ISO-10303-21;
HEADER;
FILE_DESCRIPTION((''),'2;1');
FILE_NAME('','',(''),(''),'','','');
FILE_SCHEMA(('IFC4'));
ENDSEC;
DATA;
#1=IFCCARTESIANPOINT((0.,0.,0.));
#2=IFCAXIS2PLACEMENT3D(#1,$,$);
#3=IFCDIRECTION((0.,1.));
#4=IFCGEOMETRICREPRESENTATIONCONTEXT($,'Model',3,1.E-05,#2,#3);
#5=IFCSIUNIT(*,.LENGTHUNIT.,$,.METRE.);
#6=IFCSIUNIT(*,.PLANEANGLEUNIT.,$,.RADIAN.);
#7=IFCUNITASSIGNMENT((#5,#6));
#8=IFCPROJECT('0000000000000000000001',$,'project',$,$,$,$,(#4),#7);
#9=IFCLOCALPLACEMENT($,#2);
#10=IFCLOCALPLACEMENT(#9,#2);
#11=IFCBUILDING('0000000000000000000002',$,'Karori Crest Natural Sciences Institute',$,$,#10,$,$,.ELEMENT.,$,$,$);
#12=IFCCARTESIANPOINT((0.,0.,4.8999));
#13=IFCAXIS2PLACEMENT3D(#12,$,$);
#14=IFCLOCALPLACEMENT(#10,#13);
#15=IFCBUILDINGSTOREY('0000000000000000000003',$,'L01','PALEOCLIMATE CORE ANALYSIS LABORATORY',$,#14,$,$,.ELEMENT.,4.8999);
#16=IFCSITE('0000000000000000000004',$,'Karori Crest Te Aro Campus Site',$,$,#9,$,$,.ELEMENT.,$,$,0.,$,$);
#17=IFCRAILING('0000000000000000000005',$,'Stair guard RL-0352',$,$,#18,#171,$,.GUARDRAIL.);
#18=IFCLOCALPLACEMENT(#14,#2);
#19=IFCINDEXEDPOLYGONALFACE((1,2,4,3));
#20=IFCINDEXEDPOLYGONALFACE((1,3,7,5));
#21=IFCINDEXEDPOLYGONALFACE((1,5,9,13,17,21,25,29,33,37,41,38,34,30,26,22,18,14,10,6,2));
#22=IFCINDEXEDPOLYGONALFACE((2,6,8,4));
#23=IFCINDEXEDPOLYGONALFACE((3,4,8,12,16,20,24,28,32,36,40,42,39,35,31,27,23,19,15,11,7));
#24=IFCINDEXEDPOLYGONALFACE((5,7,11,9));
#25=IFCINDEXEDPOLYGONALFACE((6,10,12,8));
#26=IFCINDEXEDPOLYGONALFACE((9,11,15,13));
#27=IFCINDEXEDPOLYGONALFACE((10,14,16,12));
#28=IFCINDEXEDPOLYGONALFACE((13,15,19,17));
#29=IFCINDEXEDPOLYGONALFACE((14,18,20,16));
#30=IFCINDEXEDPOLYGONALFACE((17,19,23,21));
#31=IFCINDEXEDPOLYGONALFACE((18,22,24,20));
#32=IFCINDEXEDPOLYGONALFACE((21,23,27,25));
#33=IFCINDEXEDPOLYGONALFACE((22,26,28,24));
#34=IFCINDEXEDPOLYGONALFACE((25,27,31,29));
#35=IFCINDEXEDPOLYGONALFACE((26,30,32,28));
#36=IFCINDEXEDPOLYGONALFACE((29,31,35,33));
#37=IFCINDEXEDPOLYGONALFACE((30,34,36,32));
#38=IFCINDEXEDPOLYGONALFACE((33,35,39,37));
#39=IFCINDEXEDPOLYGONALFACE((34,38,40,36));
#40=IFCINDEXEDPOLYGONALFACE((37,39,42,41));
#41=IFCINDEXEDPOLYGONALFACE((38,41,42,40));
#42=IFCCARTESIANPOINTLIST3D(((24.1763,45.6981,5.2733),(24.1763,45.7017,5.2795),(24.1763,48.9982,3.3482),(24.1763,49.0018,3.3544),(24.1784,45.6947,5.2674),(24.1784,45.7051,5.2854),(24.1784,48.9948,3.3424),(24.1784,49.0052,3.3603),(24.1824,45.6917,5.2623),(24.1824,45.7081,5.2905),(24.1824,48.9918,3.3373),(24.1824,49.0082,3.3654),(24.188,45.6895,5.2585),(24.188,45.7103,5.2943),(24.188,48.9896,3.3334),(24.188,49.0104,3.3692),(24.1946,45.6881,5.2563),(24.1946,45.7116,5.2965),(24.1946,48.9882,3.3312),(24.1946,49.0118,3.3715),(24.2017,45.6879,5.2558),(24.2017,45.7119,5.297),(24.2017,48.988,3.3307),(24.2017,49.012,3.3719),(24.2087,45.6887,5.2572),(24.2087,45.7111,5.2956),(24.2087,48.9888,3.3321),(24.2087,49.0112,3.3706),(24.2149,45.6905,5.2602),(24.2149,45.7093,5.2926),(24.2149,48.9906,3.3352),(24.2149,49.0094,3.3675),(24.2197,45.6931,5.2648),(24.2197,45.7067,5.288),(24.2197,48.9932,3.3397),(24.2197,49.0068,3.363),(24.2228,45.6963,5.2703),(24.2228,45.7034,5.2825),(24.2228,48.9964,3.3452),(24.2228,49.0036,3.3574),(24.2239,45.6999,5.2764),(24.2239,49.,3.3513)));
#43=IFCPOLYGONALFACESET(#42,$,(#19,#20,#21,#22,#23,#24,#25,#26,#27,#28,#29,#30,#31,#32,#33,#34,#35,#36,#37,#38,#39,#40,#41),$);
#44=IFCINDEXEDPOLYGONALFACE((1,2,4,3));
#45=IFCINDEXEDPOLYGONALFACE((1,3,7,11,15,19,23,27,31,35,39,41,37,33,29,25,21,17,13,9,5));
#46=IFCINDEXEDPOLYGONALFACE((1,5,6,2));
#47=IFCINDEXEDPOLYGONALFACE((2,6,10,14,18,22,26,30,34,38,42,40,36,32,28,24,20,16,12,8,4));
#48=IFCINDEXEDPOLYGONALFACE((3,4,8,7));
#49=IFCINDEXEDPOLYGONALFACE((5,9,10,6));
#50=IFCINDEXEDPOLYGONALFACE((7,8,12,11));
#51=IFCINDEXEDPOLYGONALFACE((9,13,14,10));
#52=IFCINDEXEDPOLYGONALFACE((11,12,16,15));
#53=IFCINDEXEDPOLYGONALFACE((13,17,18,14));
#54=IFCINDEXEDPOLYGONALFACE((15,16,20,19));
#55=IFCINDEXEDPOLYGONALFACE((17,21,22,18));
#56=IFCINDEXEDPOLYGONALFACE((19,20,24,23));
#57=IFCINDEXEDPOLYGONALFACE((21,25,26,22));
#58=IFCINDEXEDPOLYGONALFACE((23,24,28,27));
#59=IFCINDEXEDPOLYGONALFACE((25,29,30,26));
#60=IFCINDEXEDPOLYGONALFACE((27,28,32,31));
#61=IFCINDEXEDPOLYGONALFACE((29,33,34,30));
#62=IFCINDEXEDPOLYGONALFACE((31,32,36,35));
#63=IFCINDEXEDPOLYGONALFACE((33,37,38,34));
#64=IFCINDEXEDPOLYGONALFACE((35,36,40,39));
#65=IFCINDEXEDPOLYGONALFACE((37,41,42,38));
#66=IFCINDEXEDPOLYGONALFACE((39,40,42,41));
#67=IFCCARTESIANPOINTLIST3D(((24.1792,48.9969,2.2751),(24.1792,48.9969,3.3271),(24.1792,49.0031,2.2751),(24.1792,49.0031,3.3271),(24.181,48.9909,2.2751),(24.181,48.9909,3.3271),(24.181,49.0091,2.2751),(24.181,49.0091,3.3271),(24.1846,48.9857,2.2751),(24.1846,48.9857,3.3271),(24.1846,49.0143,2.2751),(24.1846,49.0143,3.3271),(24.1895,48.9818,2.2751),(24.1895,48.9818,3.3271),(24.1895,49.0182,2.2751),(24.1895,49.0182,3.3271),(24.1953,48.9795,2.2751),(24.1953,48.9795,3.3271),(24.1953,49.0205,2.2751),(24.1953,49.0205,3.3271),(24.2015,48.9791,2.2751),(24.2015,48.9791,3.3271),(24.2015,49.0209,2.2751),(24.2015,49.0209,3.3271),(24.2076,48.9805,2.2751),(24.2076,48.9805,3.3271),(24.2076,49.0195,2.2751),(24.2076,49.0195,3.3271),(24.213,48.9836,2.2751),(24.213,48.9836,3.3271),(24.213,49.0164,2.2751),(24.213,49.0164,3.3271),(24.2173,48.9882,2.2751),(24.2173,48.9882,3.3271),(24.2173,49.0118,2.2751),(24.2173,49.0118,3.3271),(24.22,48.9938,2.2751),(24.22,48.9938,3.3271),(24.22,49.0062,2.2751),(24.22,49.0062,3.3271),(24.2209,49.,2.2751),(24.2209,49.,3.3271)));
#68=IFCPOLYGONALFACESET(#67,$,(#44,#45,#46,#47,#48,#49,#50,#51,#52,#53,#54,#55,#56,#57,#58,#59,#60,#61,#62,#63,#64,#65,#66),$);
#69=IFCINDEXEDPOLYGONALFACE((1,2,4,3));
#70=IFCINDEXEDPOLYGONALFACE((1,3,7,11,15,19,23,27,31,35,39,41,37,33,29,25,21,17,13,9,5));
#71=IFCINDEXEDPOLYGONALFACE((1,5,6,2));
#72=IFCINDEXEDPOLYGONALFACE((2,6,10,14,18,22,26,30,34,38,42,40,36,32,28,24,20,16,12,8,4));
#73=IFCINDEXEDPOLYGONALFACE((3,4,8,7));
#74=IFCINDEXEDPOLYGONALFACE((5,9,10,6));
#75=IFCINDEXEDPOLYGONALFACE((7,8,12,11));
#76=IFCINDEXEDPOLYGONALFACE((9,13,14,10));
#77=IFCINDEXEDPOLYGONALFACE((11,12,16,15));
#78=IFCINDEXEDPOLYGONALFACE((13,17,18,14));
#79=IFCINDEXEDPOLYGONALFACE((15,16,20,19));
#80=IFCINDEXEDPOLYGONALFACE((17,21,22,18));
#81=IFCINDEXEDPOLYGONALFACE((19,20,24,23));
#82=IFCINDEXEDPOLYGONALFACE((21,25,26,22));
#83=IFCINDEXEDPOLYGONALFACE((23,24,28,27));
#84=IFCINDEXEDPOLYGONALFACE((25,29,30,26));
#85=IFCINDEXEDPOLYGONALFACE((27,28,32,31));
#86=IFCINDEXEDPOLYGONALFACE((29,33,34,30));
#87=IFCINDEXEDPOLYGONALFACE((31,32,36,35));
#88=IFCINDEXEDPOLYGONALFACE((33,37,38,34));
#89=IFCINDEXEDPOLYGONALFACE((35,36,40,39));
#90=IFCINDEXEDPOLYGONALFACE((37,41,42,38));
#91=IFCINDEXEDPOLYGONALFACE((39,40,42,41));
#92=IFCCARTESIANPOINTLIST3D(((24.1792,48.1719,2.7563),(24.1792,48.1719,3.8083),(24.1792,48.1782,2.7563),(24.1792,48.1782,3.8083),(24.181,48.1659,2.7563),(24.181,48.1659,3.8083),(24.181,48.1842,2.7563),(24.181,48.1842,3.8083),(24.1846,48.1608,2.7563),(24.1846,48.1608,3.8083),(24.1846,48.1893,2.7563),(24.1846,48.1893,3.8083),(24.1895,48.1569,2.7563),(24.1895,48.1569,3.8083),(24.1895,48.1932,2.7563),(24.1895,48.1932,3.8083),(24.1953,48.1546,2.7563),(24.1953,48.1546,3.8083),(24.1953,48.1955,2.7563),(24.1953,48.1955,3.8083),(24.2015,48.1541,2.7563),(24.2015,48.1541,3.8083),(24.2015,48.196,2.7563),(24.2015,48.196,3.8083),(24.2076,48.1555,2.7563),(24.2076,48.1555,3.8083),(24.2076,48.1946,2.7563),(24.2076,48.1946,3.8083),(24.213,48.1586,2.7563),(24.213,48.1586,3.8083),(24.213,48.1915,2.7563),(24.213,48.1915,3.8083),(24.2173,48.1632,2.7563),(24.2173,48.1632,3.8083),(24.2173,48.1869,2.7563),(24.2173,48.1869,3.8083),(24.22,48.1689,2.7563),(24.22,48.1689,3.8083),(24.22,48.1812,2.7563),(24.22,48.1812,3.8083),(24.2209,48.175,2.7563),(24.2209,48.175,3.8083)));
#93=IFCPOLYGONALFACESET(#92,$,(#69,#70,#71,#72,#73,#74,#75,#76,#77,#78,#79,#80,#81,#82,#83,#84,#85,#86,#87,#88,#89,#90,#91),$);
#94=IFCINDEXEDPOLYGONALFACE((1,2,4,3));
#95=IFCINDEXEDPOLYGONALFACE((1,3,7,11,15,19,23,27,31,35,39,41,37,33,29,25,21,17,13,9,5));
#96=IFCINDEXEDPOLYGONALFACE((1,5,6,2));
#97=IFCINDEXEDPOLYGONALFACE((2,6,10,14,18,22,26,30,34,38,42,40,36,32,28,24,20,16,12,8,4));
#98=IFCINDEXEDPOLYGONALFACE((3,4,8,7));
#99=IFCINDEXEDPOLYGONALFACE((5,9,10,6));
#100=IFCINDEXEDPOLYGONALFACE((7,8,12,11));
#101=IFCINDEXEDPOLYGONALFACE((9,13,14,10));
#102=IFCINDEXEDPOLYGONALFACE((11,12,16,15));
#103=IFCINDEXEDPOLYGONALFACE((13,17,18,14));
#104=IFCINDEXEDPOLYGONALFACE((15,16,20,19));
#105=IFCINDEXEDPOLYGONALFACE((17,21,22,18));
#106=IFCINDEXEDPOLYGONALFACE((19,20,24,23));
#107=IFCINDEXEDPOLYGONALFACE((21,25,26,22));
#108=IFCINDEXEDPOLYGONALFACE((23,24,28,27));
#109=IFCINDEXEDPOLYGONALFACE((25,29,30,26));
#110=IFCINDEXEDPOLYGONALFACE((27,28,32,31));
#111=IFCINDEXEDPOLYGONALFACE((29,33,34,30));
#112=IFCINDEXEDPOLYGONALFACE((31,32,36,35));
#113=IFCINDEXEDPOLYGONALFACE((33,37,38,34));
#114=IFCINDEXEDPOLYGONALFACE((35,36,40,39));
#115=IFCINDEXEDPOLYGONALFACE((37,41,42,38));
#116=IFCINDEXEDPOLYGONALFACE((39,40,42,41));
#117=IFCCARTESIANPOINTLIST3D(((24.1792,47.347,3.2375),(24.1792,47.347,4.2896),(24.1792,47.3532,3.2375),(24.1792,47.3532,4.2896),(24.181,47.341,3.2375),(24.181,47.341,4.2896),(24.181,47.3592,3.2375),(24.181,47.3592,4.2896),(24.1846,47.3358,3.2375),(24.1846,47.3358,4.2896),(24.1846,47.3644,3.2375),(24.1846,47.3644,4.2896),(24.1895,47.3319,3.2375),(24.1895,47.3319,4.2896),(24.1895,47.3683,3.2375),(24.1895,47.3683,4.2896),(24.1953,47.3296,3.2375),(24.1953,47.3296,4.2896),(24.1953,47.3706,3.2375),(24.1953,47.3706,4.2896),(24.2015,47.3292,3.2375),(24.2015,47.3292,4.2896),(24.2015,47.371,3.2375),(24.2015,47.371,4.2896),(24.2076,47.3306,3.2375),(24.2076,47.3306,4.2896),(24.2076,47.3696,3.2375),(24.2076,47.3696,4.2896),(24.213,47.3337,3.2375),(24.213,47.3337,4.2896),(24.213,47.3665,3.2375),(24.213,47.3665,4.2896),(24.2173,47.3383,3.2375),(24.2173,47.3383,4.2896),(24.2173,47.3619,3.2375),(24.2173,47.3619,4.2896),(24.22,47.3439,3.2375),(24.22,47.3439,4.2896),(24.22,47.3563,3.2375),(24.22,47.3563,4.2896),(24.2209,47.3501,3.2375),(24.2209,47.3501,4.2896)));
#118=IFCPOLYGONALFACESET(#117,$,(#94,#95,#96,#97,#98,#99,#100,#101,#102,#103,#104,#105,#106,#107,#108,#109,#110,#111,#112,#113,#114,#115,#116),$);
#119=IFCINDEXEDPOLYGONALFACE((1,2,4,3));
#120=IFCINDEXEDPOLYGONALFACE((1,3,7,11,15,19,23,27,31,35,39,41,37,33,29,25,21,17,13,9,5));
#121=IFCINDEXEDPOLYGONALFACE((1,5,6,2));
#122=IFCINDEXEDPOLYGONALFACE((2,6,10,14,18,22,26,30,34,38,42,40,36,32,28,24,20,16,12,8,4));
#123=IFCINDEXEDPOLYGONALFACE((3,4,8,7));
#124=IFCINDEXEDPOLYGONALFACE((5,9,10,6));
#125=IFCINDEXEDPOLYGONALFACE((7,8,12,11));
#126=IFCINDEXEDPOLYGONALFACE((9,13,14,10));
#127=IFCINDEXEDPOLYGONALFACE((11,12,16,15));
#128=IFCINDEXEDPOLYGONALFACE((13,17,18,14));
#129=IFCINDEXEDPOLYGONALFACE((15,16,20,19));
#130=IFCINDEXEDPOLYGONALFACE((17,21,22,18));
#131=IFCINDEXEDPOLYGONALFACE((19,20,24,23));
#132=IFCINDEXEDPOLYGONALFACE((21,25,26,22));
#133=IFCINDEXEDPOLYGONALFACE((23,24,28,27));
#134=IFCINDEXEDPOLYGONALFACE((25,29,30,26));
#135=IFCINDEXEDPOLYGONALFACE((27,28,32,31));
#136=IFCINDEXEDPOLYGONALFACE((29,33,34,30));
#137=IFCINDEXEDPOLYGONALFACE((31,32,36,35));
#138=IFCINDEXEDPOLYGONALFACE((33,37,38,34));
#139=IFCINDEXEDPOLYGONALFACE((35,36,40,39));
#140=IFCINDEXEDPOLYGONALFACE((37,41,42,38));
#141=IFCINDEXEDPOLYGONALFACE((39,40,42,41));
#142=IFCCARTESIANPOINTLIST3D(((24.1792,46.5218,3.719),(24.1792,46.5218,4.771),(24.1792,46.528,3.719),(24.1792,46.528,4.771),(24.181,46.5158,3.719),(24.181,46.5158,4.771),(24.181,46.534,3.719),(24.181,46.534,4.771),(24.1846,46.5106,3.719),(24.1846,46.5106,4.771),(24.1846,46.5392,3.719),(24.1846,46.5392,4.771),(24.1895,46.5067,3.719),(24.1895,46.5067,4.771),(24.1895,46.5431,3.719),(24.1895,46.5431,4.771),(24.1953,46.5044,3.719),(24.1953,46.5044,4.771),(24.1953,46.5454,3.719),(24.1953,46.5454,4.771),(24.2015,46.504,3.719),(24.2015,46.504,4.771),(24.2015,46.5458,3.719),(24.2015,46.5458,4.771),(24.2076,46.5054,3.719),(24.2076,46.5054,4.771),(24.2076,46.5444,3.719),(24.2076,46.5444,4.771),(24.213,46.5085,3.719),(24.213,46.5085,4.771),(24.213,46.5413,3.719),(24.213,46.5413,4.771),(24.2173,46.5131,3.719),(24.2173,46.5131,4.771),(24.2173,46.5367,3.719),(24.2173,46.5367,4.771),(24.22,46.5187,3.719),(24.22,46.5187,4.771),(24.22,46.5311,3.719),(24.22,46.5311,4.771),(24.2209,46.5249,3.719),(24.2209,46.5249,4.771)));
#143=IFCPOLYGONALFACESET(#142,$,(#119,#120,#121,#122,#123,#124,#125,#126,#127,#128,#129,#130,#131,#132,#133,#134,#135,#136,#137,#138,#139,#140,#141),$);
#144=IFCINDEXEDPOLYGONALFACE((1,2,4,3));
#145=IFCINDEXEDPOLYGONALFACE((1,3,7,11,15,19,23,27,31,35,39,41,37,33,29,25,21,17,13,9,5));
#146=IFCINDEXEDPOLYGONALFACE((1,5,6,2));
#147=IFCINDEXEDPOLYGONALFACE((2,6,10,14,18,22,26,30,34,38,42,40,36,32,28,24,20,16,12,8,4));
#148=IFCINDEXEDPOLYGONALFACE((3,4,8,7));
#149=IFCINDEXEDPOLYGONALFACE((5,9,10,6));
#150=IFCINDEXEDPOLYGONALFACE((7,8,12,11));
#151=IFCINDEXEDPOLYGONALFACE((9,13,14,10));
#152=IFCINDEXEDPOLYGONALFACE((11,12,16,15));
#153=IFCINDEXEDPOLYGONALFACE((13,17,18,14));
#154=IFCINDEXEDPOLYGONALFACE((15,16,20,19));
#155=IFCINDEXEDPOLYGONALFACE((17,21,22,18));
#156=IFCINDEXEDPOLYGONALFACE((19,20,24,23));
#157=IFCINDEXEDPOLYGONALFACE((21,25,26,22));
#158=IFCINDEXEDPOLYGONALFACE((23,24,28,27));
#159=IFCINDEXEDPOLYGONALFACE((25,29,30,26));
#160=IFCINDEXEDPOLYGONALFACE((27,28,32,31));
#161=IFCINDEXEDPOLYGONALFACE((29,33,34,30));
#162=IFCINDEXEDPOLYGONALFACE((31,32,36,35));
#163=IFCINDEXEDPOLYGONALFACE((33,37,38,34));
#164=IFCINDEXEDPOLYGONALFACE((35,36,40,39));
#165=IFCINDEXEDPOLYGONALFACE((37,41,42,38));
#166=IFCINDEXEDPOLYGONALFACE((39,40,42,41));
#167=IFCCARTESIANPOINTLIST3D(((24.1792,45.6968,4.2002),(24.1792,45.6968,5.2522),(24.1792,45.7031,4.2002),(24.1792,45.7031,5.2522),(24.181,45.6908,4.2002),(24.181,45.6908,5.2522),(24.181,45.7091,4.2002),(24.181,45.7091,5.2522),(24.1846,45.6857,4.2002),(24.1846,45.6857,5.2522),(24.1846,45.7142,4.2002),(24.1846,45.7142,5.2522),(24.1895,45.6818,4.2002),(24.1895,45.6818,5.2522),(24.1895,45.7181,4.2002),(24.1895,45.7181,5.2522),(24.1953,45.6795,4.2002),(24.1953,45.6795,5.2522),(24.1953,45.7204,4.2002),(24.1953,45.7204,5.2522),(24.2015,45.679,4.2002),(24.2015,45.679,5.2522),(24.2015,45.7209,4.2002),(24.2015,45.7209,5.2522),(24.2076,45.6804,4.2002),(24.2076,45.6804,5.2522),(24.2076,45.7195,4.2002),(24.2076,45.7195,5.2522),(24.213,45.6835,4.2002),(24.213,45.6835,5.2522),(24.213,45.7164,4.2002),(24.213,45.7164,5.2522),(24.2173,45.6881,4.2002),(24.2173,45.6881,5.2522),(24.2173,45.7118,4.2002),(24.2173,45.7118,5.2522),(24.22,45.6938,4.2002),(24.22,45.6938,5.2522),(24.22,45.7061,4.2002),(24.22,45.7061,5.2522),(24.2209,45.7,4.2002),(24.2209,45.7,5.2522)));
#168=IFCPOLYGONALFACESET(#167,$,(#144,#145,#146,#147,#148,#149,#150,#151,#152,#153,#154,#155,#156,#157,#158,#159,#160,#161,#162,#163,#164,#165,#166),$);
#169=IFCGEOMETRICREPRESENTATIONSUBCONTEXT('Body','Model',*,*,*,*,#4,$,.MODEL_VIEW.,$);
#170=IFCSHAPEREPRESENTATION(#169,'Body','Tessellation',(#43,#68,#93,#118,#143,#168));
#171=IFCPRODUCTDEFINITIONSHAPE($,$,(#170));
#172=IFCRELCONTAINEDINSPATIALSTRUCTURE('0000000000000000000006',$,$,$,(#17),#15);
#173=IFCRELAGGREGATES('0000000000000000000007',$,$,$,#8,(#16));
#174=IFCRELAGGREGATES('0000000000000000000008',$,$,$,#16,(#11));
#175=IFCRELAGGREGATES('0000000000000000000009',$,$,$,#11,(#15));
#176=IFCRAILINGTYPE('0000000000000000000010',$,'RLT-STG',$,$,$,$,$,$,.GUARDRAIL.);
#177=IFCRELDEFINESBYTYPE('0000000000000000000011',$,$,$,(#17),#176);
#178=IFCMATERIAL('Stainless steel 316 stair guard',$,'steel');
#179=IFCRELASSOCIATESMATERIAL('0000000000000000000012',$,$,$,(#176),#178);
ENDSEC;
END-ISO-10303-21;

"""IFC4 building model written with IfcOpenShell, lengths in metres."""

from ifc_helpers import new_model, si_unit, direction, frame, origin, origin_2d, place, context, subcontext, project, spatial, circle, extrude, material, type_object, element, save


model = new_model("IFC4")

# Units and contexts
model_context = context("Model", 3, precision=1e-05, world=origin(), true_north=direction((0.0, 1.0)))
body_context = subcontext(model_context, "Body", "Model", "MODEL_VIEW")
ifc_project = project(units=[si_unit("LENGTHUNIT", "METRE"), si_unit("PLANEANGLEUNIT", "RADIAN")], contexts=[model_context])

# Site, building, storey
site_placement = place(None, origin())
site = spatial("IfcSite", under=ifc_project, at=site_placement, Name="Karori Crest Te Aro Campus Site", CompositionType="ELEMENT", RefElevation=0.0)
building_placement = place(site_placement, origin())
building = spatial("IfcBuilding", under=site, at=building_placement, Name="Karori Crest Natural Sciences Institute", CompositionType="ELEMENT")
storey_placement = place(building_placement, frame((0.0, 0.0, 4.8999)))
storey = spatial("IfcBuildingStorey", under=building, at=storey_placement, Name="L01", Description="PALEOCLIMATE CORE ANALYSIS LABORATORY", CompositionType="ELEMENT", Elevation=4.8999)

# Railing
ifc_material_1 = material(Name="Stainless steel 316 stair guard", Category="steel")
railing_type_1 = type_object("IfcRailingType", Name="RLT-STG", PredefinedType="GUARDRAIL", material=ifc_material_1)
railing_1_placement = place(storey_placement, frame((24.2, 49.0, 2.2751)))
element("IfcRailing", 1, at=railing_1_placement, inside=storey, type_object=railing_type_1, Name="Stair guard RL-0352", PredefinedType="GUARDRAIL", context=body_context, shape_type="SweptSolid", body=[
    extrude(circle(Radius=0.0239, at=origin_2d()), frame((0.0, 0.0, 1.0762), z_axis=(0.0, -0.863777, 0.503875), x_axis=(1.0, 0.0, 0.0)), (0.0, 0.0, 1.0), 3.8206),
    extrude(circle(Radius=0.021, at=origin_2d()), origin(), (0.0, 0.0, 1.0), 1.052),
    extrude(circle(Radius=0.021, at=origin_2d()), frame((0.0, -0.825, 0.4812)), (0.0, 0.0, 1.0), 1.052),
    extrude(circle(Radius=0.021, at=origin_2d()), frame((0.0, -1.6499, 0.9624)), (0.0, 0.0, 1.0), 1.052),
    extrude(circle(Radius=0.021, at=origin_2d()), frame((0.0, -2.4751, 1.4438)), (0.0, 0.0, 1.0), 1.052),
    extrude(circle(Radius=0.021, at=origin_2d()), frame((0.0, -3.3, 1.925)), (0.0, 0.0, 1.0), 1.052),
])

save(model, "model.ifc")
